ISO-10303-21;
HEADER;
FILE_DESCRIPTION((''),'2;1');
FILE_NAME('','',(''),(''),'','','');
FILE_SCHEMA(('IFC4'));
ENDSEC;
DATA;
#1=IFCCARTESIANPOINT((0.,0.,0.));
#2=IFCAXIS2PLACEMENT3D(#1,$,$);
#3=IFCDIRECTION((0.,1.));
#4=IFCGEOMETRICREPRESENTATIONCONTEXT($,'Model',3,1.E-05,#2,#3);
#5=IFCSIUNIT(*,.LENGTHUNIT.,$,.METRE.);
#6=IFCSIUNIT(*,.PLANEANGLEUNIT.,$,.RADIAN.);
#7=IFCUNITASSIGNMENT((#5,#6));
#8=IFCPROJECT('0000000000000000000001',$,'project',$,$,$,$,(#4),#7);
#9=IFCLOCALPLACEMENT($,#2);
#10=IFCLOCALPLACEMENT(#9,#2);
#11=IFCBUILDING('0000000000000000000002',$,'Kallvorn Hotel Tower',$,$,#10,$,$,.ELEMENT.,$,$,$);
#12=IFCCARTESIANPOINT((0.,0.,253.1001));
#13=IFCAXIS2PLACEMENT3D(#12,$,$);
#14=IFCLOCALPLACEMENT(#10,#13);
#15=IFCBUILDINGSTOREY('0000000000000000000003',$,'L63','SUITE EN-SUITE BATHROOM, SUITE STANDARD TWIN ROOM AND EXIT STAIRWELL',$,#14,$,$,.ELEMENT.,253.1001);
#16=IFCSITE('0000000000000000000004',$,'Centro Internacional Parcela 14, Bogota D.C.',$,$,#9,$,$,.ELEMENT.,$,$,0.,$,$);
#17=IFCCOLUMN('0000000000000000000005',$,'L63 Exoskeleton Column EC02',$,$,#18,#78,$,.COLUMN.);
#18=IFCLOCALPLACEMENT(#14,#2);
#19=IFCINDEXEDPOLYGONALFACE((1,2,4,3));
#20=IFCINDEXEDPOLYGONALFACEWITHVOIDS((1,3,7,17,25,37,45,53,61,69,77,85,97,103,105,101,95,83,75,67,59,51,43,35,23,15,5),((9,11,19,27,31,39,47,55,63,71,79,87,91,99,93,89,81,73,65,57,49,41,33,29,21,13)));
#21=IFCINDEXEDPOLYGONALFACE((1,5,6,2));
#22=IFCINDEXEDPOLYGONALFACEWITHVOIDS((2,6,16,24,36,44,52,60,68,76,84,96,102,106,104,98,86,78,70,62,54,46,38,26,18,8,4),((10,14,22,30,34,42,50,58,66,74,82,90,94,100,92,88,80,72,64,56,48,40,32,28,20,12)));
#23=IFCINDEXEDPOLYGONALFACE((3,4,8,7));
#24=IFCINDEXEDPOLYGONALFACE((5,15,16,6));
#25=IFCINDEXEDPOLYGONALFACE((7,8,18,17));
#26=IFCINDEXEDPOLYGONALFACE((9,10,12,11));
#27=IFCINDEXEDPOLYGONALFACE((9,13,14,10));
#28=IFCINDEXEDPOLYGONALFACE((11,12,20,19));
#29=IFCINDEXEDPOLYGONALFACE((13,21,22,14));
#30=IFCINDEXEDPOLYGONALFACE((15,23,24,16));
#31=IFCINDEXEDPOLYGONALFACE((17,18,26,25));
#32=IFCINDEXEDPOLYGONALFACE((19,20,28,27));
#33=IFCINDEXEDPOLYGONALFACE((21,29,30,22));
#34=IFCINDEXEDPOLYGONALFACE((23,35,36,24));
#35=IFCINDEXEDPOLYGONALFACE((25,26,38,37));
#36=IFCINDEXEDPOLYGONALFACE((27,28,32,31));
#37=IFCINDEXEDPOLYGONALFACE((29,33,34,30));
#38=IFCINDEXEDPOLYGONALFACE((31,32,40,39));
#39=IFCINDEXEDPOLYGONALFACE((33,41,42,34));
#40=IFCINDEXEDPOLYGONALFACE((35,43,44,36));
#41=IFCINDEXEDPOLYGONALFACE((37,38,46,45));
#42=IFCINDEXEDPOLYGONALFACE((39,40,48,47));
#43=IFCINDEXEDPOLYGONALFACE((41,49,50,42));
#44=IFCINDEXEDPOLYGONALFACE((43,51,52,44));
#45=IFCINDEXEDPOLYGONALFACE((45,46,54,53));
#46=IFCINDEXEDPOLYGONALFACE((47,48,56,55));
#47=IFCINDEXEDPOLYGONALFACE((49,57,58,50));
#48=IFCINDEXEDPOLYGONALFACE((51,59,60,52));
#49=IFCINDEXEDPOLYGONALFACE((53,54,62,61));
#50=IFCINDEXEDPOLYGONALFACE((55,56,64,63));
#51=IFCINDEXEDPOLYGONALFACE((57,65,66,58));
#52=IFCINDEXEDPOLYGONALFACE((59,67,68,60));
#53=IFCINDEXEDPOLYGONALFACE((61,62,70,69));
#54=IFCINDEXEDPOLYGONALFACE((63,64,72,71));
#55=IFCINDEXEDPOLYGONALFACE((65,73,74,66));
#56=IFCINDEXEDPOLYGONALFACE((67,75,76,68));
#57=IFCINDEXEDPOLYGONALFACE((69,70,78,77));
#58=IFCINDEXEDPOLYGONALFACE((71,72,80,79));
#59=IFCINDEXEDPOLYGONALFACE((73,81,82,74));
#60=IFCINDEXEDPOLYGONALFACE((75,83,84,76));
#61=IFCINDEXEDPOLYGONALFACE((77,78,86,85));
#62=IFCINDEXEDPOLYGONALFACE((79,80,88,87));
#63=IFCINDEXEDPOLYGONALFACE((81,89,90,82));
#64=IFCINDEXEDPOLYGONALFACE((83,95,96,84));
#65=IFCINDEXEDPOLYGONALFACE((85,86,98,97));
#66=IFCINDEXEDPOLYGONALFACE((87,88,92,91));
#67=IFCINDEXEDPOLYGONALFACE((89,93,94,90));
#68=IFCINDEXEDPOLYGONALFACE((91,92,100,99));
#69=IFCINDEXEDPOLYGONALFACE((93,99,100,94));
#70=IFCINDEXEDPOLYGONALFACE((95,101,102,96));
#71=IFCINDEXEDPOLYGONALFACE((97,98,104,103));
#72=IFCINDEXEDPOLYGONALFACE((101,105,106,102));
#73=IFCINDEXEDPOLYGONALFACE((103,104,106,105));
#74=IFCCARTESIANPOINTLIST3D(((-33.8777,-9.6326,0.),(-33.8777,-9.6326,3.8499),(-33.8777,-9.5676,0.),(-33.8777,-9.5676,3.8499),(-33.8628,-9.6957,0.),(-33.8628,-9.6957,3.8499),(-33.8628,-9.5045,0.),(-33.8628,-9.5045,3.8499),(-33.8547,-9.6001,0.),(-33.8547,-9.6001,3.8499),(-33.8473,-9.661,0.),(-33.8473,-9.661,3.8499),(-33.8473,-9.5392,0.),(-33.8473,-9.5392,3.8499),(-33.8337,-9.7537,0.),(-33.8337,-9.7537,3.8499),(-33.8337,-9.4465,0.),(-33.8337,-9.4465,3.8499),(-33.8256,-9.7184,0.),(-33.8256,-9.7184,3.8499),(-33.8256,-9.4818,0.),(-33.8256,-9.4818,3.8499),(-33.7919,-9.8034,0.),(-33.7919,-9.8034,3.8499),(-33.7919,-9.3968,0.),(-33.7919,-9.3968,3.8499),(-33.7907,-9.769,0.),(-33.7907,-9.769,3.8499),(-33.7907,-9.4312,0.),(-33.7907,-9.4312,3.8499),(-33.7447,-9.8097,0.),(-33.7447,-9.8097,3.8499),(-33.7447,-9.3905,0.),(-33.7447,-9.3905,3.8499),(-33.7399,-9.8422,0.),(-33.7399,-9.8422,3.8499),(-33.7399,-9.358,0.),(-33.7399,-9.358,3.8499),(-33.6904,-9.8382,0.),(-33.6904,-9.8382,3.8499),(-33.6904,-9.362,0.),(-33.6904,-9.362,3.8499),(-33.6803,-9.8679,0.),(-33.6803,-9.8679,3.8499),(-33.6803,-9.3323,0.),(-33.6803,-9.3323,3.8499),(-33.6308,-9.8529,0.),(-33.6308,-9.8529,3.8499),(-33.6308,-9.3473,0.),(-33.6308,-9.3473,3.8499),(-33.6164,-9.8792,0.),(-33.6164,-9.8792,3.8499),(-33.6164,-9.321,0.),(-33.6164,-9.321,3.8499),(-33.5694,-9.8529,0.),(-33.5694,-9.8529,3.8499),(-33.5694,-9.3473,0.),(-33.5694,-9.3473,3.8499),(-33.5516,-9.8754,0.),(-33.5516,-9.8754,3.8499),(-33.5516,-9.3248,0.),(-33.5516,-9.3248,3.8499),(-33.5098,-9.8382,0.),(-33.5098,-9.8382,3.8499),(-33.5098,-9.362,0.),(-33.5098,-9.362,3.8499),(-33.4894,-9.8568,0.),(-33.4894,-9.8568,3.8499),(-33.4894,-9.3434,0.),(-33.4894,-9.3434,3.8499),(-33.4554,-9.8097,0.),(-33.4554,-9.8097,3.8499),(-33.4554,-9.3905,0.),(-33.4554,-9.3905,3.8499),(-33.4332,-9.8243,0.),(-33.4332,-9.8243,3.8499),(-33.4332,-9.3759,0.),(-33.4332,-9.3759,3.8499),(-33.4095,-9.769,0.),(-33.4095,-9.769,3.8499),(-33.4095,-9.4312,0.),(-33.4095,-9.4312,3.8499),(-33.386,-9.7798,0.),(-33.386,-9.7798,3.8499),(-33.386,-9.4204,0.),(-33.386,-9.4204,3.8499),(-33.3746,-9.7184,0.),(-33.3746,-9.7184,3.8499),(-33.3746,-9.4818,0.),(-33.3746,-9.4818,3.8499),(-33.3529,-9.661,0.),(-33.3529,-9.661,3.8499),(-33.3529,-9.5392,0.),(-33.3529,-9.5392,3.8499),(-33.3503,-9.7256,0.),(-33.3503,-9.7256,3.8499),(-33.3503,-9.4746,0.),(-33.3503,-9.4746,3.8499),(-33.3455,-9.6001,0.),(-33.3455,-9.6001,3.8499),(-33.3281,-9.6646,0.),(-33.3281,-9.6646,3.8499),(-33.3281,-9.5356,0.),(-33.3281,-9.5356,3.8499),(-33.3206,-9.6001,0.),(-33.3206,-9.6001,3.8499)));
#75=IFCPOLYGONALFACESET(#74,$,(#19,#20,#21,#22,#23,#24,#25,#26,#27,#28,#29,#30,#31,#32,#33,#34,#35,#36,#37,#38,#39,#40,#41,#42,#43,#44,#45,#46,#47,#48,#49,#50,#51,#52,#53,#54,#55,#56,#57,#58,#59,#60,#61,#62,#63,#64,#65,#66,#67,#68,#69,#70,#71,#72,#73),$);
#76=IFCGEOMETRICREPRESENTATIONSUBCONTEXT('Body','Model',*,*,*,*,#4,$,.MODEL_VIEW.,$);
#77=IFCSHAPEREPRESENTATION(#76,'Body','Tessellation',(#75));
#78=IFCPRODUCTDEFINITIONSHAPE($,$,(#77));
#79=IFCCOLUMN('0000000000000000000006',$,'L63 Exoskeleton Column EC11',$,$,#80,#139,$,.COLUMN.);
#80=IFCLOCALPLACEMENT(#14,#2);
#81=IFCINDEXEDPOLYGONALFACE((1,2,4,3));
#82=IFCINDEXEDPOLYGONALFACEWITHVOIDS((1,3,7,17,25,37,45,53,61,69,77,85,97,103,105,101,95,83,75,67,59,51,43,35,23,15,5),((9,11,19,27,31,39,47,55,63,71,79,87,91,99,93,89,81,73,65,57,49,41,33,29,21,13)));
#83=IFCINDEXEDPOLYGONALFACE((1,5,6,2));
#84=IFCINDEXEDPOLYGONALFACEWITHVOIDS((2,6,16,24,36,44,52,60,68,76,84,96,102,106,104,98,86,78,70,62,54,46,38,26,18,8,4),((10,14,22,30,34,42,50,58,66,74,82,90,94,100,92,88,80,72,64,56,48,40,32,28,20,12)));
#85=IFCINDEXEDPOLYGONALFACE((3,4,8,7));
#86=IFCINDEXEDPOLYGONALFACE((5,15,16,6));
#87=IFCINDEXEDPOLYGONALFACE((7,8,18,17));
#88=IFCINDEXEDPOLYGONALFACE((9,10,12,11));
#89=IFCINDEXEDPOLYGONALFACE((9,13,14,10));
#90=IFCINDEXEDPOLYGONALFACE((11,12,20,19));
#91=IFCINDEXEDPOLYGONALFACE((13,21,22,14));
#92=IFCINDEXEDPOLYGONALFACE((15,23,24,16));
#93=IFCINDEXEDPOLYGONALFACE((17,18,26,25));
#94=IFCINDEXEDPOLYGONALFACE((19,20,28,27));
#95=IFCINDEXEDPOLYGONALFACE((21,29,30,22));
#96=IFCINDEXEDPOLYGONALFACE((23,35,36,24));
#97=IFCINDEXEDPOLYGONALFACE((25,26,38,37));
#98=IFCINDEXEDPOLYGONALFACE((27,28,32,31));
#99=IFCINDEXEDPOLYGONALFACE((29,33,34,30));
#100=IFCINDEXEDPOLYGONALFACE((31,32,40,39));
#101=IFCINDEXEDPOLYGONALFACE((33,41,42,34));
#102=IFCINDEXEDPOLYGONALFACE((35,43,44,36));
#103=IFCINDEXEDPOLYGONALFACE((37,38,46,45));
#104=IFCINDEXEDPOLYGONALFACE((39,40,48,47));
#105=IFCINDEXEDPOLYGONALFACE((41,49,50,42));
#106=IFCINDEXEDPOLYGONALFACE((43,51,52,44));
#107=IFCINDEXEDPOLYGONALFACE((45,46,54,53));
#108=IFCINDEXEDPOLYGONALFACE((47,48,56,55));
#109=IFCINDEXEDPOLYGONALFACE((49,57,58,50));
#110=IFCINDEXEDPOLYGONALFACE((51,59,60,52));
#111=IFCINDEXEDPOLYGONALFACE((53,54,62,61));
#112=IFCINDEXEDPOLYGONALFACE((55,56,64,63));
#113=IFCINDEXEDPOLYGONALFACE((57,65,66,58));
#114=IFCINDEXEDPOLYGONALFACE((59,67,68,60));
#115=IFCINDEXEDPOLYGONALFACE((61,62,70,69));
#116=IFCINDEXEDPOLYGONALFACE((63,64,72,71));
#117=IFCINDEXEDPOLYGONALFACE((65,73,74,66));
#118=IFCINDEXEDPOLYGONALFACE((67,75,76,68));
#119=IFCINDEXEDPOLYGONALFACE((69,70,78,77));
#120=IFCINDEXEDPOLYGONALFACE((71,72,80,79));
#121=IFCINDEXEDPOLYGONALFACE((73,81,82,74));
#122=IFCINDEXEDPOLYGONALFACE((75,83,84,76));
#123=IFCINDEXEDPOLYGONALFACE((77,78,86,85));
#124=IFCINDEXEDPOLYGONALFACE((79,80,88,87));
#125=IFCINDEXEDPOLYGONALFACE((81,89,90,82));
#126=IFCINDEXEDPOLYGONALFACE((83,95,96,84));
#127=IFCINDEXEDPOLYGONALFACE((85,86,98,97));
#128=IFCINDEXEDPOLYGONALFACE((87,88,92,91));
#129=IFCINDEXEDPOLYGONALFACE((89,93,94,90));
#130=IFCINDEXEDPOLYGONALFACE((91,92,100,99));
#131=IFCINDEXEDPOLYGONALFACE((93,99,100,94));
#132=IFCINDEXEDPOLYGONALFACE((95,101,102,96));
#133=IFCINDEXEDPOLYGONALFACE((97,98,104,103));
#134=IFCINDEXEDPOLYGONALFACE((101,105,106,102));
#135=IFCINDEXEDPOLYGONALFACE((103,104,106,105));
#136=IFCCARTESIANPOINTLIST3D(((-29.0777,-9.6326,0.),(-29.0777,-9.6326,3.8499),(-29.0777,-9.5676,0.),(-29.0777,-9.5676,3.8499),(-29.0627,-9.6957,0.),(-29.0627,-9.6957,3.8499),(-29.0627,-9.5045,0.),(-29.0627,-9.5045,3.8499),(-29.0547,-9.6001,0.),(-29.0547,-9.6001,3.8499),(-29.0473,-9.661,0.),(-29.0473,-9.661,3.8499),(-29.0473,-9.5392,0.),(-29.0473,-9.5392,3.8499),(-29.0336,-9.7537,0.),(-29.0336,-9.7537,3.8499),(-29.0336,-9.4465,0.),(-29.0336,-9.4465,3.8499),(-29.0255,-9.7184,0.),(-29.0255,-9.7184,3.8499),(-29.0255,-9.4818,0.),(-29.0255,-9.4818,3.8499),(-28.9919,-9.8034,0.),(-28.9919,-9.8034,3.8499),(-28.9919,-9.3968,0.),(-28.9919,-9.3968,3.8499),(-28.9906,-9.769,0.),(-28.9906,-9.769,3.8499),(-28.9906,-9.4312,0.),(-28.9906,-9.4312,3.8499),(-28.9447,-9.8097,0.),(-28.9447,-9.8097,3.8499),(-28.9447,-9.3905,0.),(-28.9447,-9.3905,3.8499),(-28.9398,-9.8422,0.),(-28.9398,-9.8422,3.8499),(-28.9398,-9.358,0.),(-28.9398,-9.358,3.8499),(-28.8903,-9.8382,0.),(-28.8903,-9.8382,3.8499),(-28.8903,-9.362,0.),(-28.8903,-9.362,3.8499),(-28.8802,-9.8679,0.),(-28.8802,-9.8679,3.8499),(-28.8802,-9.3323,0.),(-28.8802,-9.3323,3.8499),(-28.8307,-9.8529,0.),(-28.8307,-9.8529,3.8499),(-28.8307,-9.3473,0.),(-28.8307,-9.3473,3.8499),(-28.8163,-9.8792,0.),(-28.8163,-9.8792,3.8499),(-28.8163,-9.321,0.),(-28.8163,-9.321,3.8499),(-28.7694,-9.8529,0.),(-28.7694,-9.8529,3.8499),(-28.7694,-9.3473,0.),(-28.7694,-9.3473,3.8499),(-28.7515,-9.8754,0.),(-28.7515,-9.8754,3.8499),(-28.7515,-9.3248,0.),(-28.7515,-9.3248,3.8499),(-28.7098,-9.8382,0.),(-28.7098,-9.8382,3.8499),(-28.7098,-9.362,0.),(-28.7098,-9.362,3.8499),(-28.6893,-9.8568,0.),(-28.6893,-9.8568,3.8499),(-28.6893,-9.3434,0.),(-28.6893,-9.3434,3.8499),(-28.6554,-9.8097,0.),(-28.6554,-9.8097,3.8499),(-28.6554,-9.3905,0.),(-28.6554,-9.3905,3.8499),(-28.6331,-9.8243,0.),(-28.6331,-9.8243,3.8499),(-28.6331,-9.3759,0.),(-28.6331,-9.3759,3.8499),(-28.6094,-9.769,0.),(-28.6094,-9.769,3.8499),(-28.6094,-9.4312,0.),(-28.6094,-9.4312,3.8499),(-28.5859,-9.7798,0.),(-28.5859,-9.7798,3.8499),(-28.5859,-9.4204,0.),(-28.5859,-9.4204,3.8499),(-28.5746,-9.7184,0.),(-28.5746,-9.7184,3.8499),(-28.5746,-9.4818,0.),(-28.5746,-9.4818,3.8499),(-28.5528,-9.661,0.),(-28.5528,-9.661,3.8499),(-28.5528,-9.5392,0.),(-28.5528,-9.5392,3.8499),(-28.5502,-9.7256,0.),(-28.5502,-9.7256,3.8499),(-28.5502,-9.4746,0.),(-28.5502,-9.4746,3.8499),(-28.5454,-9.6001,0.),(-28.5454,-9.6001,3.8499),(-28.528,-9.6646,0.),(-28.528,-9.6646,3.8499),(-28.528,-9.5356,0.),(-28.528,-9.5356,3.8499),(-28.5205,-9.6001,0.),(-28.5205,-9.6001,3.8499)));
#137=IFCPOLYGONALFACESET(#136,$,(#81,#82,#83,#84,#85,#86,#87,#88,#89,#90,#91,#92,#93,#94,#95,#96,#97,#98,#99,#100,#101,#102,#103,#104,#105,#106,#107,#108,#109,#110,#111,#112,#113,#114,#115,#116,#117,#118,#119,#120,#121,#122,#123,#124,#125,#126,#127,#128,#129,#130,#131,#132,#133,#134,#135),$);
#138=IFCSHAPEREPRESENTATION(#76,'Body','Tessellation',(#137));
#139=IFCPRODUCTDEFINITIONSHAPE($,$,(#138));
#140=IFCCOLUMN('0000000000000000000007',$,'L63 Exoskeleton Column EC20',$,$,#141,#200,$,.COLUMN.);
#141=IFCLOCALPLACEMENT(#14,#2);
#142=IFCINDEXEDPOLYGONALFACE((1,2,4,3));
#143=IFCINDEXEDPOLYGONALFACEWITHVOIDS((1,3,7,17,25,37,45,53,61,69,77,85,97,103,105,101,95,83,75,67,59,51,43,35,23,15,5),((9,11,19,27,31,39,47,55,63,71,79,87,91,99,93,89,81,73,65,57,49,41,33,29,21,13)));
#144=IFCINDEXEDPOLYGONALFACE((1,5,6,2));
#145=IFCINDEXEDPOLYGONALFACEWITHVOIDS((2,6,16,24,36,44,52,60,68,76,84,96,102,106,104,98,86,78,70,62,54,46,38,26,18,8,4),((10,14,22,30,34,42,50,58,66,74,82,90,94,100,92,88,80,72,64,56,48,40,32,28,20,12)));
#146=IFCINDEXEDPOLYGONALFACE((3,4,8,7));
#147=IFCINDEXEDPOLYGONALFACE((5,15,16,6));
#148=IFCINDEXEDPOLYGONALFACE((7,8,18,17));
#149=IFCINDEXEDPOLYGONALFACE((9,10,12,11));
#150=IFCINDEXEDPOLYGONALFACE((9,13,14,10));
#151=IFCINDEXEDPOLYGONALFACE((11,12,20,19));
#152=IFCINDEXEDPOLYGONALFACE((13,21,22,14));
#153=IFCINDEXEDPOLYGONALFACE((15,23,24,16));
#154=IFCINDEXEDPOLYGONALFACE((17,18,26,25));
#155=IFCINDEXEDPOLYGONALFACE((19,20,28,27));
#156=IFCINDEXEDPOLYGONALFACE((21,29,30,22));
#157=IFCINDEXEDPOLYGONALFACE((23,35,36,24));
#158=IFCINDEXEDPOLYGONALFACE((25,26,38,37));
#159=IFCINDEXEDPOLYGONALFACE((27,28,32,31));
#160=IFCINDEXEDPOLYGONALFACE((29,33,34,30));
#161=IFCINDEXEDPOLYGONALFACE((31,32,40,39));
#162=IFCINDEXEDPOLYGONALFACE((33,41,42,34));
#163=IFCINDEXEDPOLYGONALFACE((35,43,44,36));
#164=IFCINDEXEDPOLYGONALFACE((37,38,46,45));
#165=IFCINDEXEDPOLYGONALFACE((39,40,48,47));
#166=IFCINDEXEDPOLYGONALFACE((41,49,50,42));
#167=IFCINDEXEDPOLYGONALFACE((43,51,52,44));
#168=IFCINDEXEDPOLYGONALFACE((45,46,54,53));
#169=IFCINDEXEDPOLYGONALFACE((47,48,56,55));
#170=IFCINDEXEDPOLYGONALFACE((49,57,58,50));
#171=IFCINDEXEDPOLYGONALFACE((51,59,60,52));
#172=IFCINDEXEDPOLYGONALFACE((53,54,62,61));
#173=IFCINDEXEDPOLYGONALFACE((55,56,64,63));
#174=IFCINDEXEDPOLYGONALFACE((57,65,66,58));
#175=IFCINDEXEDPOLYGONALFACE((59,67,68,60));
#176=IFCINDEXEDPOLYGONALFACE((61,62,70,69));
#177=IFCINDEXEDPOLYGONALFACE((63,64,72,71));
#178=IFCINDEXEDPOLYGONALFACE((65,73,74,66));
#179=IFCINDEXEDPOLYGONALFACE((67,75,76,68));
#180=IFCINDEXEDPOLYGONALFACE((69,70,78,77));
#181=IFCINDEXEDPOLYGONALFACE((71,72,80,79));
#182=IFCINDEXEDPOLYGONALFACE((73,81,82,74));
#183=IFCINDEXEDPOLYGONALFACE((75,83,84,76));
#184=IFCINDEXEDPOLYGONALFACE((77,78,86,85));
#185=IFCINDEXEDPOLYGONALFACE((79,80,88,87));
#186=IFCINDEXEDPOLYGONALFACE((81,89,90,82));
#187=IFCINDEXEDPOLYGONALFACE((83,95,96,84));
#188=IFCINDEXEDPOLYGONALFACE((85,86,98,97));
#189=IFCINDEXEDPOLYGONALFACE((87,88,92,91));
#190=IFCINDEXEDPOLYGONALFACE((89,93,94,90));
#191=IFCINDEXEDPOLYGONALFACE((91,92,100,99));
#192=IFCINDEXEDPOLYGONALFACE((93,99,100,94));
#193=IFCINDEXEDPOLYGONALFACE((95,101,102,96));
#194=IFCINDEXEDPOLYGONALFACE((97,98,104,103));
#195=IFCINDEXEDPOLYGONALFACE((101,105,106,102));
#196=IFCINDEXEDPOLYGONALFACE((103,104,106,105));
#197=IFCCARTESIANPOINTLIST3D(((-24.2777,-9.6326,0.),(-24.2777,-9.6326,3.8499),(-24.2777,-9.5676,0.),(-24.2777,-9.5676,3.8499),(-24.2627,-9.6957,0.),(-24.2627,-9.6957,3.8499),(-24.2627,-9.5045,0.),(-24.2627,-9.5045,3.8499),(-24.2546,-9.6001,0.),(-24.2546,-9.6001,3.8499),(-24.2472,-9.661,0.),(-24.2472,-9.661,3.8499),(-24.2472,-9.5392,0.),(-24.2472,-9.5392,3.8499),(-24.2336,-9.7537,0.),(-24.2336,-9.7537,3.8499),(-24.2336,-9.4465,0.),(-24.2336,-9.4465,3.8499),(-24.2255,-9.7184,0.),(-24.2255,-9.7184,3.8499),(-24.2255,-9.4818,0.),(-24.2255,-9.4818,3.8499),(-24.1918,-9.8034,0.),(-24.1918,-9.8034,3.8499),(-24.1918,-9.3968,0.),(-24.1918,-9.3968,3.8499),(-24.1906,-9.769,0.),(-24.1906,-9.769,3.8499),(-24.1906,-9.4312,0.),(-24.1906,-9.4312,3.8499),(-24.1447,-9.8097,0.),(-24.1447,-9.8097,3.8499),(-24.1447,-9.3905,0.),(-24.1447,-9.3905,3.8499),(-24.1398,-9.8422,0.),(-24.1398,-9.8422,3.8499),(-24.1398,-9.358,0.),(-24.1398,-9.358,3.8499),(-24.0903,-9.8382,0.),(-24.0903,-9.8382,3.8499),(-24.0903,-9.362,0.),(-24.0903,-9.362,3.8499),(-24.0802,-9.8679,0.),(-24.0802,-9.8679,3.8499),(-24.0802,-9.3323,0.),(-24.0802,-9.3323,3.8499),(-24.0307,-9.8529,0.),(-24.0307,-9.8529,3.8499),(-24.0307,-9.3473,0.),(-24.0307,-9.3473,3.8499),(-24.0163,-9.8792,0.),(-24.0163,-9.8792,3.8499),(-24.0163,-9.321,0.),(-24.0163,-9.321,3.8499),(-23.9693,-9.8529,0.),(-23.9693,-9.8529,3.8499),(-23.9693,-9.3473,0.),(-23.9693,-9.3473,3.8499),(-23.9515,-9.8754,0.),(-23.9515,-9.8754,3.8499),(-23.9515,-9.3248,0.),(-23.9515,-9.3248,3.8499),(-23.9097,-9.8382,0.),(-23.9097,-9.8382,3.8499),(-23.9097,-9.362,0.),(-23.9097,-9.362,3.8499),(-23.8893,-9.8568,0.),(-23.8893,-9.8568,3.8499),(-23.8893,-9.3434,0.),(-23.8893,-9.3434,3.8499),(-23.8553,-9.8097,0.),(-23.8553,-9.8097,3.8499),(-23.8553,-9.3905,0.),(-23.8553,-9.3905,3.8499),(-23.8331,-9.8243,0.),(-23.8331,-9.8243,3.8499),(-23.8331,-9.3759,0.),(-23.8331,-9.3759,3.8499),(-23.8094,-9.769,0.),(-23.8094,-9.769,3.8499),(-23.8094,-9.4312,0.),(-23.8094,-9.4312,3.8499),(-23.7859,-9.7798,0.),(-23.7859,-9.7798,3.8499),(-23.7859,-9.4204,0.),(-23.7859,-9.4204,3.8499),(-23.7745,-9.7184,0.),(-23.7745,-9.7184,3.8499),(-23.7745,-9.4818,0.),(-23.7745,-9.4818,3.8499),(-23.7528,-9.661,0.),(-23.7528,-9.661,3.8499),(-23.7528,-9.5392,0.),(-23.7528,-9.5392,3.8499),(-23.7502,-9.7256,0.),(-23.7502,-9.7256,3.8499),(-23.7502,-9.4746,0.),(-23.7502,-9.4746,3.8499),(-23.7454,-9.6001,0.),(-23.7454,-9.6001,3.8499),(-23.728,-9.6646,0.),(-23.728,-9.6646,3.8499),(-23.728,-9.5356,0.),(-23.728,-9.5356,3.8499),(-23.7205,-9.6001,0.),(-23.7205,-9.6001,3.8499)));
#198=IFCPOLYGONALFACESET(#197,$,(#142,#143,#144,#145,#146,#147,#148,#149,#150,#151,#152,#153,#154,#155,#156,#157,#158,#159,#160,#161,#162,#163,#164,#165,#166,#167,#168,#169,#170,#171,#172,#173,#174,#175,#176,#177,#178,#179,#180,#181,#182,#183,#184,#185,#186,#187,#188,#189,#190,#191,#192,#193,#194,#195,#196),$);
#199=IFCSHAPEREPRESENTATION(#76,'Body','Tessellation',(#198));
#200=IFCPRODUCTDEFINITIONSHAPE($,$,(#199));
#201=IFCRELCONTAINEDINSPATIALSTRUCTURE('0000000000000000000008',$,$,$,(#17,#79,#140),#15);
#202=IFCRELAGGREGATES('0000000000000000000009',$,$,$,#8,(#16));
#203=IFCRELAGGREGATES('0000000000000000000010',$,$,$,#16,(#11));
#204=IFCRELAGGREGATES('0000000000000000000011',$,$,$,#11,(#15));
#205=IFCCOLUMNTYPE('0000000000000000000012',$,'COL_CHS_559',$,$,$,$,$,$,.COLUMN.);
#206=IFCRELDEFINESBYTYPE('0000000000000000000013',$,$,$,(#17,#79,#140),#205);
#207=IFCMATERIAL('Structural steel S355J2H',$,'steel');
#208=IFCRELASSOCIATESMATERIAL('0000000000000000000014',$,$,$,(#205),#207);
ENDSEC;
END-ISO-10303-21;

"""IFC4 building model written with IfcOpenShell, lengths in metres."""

from ifc_helpers import new_model, si_unit, direction, frame, origin, origin_2d, place, context, subcontext, project, spatial, hollow_circle, extrude, material, material_profile, profile_set, type_object, element, save


model = new_model("IFC4")

# Units and contexts
model_context = context("Model", 3, precision=1e-05, world=origin(), true_north=direction((0.0, 1.0)))
body_context = subcontext(model_context, "Body", "Model", "MODEL_VIEW")
ifc_project = project(units=[si_unit("LENGTHUNIT", "METRE"), si_unit("PLANEANGLEUNIT", "RADIAN")], contexts=[model_context])

# Site, building, storey
site_placement = place(None, origin())
site = spatial("IfcSite", under=ifc_project, at=site_placement, Name="Centro Internacional Parcela 14, Bogota D.C.", CompositionType="ELEMENT", RefElevation=0.0)
building_placement = place(site_placement, origin())
building = spatial("IfcBuilding", under=site, at=building_placement, Name="Kallvorn Hotel Tower", CompositionType="ELEMENT")
storey_placement = place(building_placement, frame((0.0, 0.0, 253.1001)))
storey = spatial("IfcBuildingStorey", under=building, at=storey_placement, Name="L63", Description="SUITE EN-SUITE BATHROOM, SUITE STANDARD TWIN ROOM AND EXIT STAIRWELL", CompositionType="ELEMENT", Elevation=253.1001)

# Columns
ifc_material_1 = material(Name="Structural steel S355J2H", Category="steel")
ifc_material_profile_1 = material_profile(ifc_material_1, hollow_circle(Radius=0.2795, WallThickness=0.0249, at=origin_2d()), Name="CHS 559x25")
ifc_profile_set_1 = profile_set([ifc_material_profile_1], Name="Structural steel S355J2H")
column_type = type_object("IfcColumnType", Name="COL_CHS_559", PredefinedType="COLUMN", material=ifc_profile_set_1)
for number, where, z_axis, x_axis, name in (
    (1, (-33.6001, -9.6001, 0.0), (0.0, 0.0, 1.0), (1.0, 0.0, 0.0), "L63 Exoskeleton Column EC02"),
    (2, (-28.8, -9.6001, 0.0), (0.0, 0.0, 1.0), (1.0, 0.0, 0.0), "L63 Exoskeleton Column EC11"),
    (3, (-24.0, -9.6001, 0.0), (0.0, 0.0, 1.0), (1.0, 0.0, 0.0), "L63 Exoskeleton Column EC20"),
):
    element("IfcColumn", number, at=place(storey_placement, frame(where, z_axis=z_axis, x_axis=x_axis)), inside=storey, type_object=column_type, Name=name, PredefinedType="COLUMN", context=body_context, shape_type="SweptSolid", body=[
        extrude(hollow_circle(Radius=0.2795, WallThickness=0.0249, at=origin_2d()), origin(), (0.0, 0.0, 1.0), 3.8499),
    ])

save(model, "model.ifc")
